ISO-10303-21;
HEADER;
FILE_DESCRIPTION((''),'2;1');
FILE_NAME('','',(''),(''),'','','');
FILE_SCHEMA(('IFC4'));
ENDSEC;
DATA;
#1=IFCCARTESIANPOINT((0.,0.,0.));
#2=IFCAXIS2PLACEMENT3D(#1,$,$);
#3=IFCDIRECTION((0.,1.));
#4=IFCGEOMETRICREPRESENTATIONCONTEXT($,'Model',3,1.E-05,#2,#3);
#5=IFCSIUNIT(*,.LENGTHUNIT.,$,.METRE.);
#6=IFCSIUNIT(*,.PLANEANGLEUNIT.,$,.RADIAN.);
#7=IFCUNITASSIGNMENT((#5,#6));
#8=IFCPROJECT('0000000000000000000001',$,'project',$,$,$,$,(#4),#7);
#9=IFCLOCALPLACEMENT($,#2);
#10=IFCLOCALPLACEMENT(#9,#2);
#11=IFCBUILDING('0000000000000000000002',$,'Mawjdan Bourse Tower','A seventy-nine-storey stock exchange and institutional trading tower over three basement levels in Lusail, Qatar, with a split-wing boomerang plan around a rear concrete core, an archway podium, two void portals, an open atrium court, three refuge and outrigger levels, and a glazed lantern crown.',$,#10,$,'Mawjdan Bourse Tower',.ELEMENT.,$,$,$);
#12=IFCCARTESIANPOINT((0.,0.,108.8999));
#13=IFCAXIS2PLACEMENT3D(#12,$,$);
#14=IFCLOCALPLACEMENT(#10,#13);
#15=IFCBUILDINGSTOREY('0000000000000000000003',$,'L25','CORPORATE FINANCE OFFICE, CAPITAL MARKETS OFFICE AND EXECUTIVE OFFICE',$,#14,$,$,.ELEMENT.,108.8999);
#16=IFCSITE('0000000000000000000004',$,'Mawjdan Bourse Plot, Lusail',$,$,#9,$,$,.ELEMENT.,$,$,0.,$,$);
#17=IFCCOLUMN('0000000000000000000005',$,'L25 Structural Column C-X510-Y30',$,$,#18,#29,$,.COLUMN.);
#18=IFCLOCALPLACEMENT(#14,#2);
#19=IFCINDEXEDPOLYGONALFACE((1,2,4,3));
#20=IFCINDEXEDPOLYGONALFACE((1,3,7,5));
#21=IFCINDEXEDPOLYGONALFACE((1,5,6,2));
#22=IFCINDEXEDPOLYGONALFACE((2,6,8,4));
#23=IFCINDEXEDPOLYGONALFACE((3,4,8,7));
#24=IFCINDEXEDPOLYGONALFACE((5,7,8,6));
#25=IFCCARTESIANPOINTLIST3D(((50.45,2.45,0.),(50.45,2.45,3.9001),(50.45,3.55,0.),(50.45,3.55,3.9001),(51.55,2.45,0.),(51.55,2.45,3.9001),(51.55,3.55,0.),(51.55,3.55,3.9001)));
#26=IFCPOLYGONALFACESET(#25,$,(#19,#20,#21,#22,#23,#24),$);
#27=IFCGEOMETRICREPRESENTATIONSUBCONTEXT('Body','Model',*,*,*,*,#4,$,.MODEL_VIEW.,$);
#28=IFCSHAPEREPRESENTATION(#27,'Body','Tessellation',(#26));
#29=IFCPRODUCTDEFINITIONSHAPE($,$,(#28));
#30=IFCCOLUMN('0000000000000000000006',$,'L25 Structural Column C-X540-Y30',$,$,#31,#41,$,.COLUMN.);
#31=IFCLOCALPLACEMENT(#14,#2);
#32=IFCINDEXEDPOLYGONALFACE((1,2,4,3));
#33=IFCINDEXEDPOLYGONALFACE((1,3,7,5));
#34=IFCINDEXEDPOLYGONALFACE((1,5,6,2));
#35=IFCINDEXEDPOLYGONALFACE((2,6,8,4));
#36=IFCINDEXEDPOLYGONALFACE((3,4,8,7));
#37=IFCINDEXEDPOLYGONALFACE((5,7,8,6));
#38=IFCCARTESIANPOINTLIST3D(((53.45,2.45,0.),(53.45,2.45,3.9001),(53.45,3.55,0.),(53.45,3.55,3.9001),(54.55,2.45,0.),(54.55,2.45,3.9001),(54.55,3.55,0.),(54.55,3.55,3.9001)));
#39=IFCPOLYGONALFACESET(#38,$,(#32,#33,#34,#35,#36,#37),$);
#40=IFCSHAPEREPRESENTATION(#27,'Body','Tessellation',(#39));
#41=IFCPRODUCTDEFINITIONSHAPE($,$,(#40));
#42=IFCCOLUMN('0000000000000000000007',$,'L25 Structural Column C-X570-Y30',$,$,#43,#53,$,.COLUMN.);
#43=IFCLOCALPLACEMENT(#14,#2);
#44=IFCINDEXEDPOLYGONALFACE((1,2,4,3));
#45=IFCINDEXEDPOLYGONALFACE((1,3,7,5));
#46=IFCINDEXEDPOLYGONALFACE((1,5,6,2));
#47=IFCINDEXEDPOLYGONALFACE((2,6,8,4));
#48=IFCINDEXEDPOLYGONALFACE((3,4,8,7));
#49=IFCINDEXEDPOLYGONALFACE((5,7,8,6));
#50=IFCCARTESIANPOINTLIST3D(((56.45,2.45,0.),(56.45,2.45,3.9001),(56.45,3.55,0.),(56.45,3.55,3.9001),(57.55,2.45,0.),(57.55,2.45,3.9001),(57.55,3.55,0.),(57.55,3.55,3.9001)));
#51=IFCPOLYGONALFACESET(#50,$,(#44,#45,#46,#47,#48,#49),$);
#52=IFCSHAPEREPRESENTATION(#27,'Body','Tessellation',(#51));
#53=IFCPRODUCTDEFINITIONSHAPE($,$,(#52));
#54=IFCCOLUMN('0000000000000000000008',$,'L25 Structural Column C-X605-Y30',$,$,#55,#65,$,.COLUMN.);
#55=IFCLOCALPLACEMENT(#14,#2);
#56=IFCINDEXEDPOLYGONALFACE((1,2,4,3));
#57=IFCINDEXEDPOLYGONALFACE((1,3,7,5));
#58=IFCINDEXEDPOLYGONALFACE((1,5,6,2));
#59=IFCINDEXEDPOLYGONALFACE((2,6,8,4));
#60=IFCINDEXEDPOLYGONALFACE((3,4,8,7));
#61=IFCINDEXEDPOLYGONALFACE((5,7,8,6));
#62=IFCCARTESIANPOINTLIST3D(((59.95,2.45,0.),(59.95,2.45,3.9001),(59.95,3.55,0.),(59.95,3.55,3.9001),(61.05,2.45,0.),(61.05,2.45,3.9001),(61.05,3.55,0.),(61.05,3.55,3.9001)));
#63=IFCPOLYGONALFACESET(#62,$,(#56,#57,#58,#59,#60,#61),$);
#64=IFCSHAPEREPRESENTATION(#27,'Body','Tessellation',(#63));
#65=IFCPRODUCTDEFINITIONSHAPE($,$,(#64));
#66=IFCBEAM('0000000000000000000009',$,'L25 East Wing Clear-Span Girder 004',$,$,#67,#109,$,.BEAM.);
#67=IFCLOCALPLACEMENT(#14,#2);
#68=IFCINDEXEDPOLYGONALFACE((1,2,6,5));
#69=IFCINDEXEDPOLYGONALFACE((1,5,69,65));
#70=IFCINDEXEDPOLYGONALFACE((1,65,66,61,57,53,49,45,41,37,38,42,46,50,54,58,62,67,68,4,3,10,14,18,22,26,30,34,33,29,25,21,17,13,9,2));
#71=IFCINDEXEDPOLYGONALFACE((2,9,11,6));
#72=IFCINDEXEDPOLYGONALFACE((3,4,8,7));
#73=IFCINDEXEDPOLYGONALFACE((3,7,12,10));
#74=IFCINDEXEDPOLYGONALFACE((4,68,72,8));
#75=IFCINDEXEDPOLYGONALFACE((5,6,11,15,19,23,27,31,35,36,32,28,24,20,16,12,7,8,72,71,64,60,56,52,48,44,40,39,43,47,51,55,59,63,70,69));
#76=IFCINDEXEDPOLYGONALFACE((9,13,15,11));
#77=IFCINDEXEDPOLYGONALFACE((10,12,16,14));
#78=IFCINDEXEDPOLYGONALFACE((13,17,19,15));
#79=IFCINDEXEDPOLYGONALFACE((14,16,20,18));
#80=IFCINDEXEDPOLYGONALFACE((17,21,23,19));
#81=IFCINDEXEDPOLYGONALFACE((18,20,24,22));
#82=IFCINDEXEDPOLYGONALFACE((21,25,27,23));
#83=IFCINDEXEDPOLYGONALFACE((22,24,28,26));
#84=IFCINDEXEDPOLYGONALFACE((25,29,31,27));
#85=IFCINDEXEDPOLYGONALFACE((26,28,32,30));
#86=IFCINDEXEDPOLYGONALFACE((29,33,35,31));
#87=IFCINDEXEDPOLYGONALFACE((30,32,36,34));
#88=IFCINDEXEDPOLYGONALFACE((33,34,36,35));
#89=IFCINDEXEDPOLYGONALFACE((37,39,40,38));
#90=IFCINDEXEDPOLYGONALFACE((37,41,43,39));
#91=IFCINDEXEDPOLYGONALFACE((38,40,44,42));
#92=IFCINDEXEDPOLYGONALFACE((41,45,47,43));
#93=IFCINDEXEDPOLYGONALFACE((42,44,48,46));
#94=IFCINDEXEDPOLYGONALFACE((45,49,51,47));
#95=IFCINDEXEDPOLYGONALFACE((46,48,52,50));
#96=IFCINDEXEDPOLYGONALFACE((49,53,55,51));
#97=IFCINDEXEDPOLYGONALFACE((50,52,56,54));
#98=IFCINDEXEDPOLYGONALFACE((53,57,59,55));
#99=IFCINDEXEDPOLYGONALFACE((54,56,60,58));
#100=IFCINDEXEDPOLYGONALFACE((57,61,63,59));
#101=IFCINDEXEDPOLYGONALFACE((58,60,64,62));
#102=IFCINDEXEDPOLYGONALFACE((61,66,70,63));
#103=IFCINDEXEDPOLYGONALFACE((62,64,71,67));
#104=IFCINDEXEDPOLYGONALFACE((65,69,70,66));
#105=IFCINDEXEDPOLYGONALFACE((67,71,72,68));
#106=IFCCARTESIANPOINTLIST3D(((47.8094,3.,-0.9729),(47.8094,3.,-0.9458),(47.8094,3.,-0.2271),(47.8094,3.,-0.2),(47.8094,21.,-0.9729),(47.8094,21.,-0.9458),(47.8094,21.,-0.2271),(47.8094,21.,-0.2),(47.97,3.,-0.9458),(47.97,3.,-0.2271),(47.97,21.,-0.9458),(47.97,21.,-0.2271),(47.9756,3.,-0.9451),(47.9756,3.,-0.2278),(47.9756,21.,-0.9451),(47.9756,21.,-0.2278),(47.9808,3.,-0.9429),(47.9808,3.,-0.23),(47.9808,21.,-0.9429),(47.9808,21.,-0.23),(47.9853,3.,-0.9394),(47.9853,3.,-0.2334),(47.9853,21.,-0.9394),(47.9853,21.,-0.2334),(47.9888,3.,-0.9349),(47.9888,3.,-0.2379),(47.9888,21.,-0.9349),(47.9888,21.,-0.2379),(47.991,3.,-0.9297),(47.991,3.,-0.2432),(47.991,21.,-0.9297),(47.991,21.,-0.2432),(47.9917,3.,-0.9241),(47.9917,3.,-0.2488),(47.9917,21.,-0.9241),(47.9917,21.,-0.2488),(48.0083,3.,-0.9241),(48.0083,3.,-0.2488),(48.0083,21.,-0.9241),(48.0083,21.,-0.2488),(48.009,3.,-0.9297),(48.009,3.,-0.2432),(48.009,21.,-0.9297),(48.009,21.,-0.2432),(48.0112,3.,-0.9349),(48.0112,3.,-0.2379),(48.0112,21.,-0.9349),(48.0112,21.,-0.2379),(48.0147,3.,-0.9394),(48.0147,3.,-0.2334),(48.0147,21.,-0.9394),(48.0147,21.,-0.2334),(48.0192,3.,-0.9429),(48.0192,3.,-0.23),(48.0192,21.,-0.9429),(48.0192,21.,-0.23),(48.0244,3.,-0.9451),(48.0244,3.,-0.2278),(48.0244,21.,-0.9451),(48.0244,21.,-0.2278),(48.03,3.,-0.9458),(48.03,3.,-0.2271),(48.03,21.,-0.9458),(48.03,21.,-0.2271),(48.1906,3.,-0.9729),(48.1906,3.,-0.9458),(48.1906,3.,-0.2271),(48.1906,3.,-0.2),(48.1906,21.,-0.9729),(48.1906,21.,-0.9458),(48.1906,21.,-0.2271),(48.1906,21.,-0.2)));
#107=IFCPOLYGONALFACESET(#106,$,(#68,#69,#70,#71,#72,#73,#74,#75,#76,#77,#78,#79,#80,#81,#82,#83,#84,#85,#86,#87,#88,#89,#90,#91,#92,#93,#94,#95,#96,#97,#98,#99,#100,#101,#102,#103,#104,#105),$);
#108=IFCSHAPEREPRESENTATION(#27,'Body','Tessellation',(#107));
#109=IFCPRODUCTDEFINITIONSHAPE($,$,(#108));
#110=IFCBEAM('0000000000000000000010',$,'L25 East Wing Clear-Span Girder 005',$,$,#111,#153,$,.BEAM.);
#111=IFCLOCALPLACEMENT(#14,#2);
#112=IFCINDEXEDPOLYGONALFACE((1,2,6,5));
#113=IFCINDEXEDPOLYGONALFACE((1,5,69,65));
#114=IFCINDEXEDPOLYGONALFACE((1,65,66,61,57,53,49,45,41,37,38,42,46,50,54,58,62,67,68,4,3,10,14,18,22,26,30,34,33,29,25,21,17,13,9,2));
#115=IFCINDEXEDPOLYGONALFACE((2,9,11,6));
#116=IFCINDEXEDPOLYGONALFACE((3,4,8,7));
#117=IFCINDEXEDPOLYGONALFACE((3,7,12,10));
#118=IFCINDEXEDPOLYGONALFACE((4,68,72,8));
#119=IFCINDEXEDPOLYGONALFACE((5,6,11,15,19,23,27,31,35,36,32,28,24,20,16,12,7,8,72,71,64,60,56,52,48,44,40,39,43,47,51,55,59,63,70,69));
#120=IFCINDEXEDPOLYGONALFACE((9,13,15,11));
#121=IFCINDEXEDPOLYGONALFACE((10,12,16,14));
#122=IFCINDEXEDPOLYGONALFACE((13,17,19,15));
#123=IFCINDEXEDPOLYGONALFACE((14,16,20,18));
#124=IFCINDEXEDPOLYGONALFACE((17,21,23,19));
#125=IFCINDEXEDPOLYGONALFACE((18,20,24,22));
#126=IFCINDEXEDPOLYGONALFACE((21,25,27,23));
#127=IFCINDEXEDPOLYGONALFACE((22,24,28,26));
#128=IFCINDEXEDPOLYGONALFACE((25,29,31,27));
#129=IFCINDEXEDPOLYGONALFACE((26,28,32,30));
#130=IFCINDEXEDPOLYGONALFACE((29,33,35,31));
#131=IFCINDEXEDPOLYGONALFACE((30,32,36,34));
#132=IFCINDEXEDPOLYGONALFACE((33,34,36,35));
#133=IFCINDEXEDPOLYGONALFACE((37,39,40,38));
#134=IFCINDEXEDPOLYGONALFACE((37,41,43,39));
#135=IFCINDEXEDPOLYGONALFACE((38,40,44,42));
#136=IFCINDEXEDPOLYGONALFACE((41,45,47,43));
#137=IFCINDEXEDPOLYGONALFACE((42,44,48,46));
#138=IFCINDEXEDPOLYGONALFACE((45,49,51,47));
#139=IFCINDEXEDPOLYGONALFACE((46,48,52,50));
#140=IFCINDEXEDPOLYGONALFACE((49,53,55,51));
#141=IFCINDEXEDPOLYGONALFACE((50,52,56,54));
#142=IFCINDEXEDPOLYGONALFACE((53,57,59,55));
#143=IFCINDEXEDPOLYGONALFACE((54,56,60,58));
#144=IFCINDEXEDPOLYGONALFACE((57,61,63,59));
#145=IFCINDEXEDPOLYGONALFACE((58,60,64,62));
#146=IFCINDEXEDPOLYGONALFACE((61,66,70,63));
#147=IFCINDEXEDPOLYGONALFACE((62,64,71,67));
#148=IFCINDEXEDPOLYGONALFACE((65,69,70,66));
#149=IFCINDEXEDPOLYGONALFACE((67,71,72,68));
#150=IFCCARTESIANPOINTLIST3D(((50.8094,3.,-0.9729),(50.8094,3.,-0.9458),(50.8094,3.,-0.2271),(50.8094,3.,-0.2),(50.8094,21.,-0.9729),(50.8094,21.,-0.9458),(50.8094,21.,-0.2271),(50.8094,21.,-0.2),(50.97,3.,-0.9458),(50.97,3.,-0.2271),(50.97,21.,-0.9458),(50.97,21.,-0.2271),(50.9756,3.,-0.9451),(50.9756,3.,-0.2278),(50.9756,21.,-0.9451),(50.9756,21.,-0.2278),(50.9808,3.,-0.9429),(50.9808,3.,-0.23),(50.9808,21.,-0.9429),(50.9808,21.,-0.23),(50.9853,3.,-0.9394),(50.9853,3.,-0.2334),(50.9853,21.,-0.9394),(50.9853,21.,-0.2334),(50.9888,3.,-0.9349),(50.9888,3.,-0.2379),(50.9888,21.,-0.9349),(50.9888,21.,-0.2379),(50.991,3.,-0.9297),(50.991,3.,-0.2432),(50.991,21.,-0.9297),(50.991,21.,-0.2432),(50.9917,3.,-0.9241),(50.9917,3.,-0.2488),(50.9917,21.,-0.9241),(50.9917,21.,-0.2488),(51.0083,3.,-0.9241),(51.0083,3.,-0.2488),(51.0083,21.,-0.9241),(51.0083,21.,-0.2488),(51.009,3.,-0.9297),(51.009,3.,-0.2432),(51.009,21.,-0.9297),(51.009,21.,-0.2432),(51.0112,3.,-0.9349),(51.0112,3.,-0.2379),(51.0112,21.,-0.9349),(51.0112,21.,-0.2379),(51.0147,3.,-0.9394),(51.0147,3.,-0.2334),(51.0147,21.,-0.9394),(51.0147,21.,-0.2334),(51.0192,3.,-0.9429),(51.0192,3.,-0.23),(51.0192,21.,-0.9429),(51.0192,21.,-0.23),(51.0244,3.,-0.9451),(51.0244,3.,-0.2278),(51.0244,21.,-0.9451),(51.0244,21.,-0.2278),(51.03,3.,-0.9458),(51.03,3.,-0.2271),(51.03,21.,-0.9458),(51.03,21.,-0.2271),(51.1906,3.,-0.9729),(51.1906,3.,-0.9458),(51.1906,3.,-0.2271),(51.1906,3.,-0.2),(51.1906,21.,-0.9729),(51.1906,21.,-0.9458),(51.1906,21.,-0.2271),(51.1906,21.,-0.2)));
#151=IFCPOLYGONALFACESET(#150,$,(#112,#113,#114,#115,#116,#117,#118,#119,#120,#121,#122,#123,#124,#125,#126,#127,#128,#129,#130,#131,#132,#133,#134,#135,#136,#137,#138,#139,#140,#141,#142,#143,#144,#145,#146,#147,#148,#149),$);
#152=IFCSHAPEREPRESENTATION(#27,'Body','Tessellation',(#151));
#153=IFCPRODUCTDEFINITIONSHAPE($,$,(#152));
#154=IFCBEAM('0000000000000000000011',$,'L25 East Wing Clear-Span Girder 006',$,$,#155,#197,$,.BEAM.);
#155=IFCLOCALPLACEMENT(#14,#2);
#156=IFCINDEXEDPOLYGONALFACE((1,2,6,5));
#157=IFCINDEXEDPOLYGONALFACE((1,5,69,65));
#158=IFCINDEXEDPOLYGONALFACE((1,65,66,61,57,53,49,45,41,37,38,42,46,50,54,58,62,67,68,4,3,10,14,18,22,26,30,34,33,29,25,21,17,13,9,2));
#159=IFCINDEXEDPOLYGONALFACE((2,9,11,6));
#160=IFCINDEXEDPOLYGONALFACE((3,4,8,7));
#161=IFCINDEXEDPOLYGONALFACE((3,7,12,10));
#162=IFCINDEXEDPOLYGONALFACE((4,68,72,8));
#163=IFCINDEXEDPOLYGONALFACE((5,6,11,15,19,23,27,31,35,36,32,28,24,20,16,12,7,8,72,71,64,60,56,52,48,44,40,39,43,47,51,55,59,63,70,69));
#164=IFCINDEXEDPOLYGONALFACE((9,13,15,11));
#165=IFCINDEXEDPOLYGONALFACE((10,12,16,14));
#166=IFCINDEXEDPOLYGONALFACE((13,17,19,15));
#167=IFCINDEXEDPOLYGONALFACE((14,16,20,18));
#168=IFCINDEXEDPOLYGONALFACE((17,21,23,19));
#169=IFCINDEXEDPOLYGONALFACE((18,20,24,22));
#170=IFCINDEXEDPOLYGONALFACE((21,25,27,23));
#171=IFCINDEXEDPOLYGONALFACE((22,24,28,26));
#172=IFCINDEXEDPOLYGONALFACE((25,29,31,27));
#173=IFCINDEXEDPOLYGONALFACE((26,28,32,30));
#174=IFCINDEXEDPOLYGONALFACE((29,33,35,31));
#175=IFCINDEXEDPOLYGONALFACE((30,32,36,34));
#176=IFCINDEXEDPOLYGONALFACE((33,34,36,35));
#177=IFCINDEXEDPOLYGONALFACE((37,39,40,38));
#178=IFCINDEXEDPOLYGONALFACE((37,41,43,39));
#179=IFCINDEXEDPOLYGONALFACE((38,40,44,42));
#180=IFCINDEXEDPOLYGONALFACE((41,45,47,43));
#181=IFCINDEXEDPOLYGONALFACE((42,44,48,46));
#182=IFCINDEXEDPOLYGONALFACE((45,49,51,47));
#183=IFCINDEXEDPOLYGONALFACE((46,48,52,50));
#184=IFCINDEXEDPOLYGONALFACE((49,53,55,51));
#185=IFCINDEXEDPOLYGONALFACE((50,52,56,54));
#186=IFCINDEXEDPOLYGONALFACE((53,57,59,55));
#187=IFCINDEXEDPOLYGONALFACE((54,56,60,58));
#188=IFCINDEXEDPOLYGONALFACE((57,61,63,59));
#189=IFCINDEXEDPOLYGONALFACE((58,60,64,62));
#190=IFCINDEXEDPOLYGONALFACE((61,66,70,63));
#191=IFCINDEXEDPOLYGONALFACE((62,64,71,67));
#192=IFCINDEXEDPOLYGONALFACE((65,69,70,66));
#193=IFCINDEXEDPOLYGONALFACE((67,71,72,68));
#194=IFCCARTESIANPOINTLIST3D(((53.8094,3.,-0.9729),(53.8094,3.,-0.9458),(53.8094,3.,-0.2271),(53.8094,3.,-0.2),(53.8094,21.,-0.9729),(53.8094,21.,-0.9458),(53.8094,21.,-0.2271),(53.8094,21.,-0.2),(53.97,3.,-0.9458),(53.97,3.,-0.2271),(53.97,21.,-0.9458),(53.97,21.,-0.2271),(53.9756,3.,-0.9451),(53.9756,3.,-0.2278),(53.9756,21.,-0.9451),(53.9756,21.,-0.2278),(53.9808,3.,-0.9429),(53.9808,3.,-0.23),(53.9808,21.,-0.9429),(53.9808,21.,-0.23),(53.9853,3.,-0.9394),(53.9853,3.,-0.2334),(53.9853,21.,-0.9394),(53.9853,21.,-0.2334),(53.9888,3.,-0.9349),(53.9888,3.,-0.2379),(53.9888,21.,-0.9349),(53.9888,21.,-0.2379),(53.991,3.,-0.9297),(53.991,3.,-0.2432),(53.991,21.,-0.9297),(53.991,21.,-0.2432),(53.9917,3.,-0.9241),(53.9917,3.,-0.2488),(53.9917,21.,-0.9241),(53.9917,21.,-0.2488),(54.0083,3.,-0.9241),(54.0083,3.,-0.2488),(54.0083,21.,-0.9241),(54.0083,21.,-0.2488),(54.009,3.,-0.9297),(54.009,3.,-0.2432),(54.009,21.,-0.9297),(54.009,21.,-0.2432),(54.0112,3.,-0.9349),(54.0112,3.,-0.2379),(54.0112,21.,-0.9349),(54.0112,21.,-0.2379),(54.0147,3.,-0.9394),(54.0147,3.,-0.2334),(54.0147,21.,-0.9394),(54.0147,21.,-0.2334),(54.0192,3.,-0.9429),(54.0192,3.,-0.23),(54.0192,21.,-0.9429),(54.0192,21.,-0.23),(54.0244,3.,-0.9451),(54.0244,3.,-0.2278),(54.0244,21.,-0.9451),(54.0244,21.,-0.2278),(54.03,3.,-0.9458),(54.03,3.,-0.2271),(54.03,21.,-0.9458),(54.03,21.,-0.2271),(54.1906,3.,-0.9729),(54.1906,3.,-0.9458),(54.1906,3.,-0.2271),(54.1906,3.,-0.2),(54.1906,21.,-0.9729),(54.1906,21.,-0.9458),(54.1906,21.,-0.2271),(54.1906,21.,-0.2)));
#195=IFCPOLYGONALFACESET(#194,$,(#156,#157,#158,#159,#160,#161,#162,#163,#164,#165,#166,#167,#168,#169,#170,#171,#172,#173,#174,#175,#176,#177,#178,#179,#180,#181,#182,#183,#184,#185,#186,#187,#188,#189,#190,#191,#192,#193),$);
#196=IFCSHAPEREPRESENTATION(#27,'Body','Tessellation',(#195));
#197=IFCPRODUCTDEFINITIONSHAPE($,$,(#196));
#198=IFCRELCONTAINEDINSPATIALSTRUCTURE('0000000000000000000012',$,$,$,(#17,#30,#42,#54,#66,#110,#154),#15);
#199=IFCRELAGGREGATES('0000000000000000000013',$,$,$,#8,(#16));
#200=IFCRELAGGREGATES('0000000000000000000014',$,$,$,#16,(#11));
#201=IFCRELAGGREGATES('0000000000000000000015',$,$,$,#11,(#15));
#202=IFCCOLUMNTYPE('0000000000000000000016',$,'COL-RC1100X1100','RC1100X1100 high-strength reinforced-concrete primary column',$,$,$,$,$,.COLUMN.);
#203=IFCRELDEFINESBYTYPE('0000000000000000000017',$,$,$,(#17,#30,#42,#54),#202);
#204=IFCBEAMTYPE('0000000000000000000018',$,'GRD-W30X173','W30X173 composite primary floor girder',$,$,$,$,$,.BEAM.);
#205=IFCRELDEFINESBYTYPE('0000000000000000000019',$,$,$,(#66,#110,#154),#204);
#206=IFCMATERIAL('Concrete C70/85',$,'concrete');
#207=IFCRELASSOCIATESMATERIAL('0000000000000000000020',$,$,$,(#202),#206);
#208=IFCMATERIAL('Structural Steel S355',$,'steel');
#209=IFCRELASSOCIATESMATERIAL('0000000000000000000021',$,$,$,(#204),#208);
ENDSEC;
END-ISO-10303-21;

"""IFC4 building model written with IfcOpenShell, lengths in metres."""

from ifc_helpers import new_model, si_unit, direction, frame, origin, origin_2d, place, context, subcontext, project, spatial, rectangle, i_section, extrude, material, material_profile, profile_set, type_object, element, save


model = new_model("IFC4")

# Units and contexts
model_context = context("Model", 3, precision=1e-05, world=origin(), true_north=direction((0.0, 1.0)))
body_context = subcontext(model_context, "Body", "Model", "MODEL_VIEW")
ifc_project = project(units=[si_unit("LENGTHUNIT", "METRE"), si_unit("PLANEANGLEUNIT", "RADIAN")], contexts=[model_context])

# Site, building, storey
site_placement = place(None, origin())
site = spatial("IfcSite", under=ifc_project, at=site_placement, Name="Mawjdan Bourse Plot, Lusail", CompositionType="ELEMENT", RefElevation=0.0)
building_placement = place(site_placement, origin())
building = spatial("IfcBuilding", under=site, at=building_placement, Name="Mawjdan Bourse Tower", Description="A seventy-nine-storey stock exchange and institutional trading tower over three basement levels in Lusail, Qatar, with a split-wing boomerang plan around a rear concrete core, an archway podium, two void portals, an open atrium court, three refuge and outrigger levels, and a glazed lantern crown.", LongName="Mawjdan Bourse Tower", CompositionType="ELEMENT")
storey_placement = place(building_placement, frame((0.0, 0.0, 108.8999)))
storey = spatial("IfcBuildingStorey", under=building, at=storey_placement, Name="L25", Description="CORPORATE FINANCE OFFICE, CAPITAL MARKETS OFFICE AND EXECUTIVE OFFICE", CompositionType="ELEMENT", Elevation=108.8999)

# Columns
ifc_material_1 = material(Name="Concrete C70/85", Category="concrete")
ifc_material_profile_1 = material_profile(ifc_material_1, rectangle(XDim=1.1001, YDim=1.1001, at=origin_2d()), Name="RC1100X1100")
ifc_profile_set_1 = profile_set([ifc_material_profile_1], Name="Concrete C70/85")
column_type = type_object("IfcColumnType", Name="COL-RC1100X1100", Description="RC1100X1100 high-strength reinforced-concrete primary column", PredefinedType="COLUMN", material=ifc_profile_set_1)
for number, where, z_axis, x_axis, name in (
    (1, (51.0, 3.0, 0.0), (0.0, 0.0, 1.0), (1.0, 0.0, 0.0), "L25 Structural Column C-X510-Y30"),
    (2, (54.0, 3.0, 0.0), (0.0, 0.0, 1.0), (1.0, 0.0, 0.0), "L25 Structural Column C-X540-Y30"),
    (3, (57.0, 3.0, 0.0), (0.0, 0.0, 1.0), (1.0, 0.0, 0.0), "L25 Structural Column C-X570-Y30"),
    (4, (60.5, 3.0, 0.0), (0.0, 0.0, 1.0), (1.0, 0.0, 0.0), "L25 Structural Column C-X605-Y30"),
):
    element("IfcColumn", number, at=place(storey_placement, frame(where, z_axis=z_axis, x_axis=x_axis)), inside=storey, type_object=column_type, Name=name, PredefinedType="COLUMN", context=body_context, shape_type="SweptSolid", body=[
        extrude(rectangle(XDim=1.1001, YDim=1.1001, at=origin_2d()), origin(), (0.0, 0.0, 1.0), 3.9001),
    ])

# Beams
ifc_material_2 = material(Name="Structural Steel S355", Category="steel")
ifc_material_profile_2 = material_profile(ifc_material_2, i_section(OverallWidth=0.3811, OverallDepth=0.7729, WebThickness=0.0166, FlangeThickness=0.0271, FilletRadius=0.0217, at=origin_2d()), Name="W30X173")
ifc_profile_set_2 = profile_set([ifc_material_profile_2], Name="Structural Steel S355")
beam_type_1 = type_object("IfcBeamType", Name="GRD-W30X173", Description="W30X173 composite primary floor girder", PredefinedType="BEAM", material=ifc_profile_set_2)
for number, where, z_axis, x_axis, name in (
    (5, (48.0, 3.0, -0.5864), (0.0, 1.0, 0.0), (-1.0, 0.0, 0.0), "L25 East Wing Clear-Span Girder 004"),
    (6, (51.0, 3.0, -0.5864), (0.0, 1.0, 0.0), (-1.0, 0.0, 0.0), "L25 East Wing Clear-Span Girder 005"),
    (7, (54.0, 3.0, -0.5864), (0.0, 1.0, 0.0), (-1.0, 0.0, 0.0), "L25 East Wing Clear-Span Girder 006"),
):
    element("IfcBeam", number, at=place(storey_placement, frame(where, z_axis=z_axis, x_axis=x_axis)), inside=storey, type_object=beam_type_1, Name=name, PredefinedType="BEAM", context=body_context, shape_type="SweptSolid", body=[
        extrude(i_section(OverallWidth=0.3811, OverallDepth=0.7729, WebThickness=0.0166, FlangeThickness=0.0271, FilletRadius=0.0217, at=origin_2d()), origin(), (0.0, 0.0, 1.0), 18.0),
    ])

save(model, "model.ifc")
